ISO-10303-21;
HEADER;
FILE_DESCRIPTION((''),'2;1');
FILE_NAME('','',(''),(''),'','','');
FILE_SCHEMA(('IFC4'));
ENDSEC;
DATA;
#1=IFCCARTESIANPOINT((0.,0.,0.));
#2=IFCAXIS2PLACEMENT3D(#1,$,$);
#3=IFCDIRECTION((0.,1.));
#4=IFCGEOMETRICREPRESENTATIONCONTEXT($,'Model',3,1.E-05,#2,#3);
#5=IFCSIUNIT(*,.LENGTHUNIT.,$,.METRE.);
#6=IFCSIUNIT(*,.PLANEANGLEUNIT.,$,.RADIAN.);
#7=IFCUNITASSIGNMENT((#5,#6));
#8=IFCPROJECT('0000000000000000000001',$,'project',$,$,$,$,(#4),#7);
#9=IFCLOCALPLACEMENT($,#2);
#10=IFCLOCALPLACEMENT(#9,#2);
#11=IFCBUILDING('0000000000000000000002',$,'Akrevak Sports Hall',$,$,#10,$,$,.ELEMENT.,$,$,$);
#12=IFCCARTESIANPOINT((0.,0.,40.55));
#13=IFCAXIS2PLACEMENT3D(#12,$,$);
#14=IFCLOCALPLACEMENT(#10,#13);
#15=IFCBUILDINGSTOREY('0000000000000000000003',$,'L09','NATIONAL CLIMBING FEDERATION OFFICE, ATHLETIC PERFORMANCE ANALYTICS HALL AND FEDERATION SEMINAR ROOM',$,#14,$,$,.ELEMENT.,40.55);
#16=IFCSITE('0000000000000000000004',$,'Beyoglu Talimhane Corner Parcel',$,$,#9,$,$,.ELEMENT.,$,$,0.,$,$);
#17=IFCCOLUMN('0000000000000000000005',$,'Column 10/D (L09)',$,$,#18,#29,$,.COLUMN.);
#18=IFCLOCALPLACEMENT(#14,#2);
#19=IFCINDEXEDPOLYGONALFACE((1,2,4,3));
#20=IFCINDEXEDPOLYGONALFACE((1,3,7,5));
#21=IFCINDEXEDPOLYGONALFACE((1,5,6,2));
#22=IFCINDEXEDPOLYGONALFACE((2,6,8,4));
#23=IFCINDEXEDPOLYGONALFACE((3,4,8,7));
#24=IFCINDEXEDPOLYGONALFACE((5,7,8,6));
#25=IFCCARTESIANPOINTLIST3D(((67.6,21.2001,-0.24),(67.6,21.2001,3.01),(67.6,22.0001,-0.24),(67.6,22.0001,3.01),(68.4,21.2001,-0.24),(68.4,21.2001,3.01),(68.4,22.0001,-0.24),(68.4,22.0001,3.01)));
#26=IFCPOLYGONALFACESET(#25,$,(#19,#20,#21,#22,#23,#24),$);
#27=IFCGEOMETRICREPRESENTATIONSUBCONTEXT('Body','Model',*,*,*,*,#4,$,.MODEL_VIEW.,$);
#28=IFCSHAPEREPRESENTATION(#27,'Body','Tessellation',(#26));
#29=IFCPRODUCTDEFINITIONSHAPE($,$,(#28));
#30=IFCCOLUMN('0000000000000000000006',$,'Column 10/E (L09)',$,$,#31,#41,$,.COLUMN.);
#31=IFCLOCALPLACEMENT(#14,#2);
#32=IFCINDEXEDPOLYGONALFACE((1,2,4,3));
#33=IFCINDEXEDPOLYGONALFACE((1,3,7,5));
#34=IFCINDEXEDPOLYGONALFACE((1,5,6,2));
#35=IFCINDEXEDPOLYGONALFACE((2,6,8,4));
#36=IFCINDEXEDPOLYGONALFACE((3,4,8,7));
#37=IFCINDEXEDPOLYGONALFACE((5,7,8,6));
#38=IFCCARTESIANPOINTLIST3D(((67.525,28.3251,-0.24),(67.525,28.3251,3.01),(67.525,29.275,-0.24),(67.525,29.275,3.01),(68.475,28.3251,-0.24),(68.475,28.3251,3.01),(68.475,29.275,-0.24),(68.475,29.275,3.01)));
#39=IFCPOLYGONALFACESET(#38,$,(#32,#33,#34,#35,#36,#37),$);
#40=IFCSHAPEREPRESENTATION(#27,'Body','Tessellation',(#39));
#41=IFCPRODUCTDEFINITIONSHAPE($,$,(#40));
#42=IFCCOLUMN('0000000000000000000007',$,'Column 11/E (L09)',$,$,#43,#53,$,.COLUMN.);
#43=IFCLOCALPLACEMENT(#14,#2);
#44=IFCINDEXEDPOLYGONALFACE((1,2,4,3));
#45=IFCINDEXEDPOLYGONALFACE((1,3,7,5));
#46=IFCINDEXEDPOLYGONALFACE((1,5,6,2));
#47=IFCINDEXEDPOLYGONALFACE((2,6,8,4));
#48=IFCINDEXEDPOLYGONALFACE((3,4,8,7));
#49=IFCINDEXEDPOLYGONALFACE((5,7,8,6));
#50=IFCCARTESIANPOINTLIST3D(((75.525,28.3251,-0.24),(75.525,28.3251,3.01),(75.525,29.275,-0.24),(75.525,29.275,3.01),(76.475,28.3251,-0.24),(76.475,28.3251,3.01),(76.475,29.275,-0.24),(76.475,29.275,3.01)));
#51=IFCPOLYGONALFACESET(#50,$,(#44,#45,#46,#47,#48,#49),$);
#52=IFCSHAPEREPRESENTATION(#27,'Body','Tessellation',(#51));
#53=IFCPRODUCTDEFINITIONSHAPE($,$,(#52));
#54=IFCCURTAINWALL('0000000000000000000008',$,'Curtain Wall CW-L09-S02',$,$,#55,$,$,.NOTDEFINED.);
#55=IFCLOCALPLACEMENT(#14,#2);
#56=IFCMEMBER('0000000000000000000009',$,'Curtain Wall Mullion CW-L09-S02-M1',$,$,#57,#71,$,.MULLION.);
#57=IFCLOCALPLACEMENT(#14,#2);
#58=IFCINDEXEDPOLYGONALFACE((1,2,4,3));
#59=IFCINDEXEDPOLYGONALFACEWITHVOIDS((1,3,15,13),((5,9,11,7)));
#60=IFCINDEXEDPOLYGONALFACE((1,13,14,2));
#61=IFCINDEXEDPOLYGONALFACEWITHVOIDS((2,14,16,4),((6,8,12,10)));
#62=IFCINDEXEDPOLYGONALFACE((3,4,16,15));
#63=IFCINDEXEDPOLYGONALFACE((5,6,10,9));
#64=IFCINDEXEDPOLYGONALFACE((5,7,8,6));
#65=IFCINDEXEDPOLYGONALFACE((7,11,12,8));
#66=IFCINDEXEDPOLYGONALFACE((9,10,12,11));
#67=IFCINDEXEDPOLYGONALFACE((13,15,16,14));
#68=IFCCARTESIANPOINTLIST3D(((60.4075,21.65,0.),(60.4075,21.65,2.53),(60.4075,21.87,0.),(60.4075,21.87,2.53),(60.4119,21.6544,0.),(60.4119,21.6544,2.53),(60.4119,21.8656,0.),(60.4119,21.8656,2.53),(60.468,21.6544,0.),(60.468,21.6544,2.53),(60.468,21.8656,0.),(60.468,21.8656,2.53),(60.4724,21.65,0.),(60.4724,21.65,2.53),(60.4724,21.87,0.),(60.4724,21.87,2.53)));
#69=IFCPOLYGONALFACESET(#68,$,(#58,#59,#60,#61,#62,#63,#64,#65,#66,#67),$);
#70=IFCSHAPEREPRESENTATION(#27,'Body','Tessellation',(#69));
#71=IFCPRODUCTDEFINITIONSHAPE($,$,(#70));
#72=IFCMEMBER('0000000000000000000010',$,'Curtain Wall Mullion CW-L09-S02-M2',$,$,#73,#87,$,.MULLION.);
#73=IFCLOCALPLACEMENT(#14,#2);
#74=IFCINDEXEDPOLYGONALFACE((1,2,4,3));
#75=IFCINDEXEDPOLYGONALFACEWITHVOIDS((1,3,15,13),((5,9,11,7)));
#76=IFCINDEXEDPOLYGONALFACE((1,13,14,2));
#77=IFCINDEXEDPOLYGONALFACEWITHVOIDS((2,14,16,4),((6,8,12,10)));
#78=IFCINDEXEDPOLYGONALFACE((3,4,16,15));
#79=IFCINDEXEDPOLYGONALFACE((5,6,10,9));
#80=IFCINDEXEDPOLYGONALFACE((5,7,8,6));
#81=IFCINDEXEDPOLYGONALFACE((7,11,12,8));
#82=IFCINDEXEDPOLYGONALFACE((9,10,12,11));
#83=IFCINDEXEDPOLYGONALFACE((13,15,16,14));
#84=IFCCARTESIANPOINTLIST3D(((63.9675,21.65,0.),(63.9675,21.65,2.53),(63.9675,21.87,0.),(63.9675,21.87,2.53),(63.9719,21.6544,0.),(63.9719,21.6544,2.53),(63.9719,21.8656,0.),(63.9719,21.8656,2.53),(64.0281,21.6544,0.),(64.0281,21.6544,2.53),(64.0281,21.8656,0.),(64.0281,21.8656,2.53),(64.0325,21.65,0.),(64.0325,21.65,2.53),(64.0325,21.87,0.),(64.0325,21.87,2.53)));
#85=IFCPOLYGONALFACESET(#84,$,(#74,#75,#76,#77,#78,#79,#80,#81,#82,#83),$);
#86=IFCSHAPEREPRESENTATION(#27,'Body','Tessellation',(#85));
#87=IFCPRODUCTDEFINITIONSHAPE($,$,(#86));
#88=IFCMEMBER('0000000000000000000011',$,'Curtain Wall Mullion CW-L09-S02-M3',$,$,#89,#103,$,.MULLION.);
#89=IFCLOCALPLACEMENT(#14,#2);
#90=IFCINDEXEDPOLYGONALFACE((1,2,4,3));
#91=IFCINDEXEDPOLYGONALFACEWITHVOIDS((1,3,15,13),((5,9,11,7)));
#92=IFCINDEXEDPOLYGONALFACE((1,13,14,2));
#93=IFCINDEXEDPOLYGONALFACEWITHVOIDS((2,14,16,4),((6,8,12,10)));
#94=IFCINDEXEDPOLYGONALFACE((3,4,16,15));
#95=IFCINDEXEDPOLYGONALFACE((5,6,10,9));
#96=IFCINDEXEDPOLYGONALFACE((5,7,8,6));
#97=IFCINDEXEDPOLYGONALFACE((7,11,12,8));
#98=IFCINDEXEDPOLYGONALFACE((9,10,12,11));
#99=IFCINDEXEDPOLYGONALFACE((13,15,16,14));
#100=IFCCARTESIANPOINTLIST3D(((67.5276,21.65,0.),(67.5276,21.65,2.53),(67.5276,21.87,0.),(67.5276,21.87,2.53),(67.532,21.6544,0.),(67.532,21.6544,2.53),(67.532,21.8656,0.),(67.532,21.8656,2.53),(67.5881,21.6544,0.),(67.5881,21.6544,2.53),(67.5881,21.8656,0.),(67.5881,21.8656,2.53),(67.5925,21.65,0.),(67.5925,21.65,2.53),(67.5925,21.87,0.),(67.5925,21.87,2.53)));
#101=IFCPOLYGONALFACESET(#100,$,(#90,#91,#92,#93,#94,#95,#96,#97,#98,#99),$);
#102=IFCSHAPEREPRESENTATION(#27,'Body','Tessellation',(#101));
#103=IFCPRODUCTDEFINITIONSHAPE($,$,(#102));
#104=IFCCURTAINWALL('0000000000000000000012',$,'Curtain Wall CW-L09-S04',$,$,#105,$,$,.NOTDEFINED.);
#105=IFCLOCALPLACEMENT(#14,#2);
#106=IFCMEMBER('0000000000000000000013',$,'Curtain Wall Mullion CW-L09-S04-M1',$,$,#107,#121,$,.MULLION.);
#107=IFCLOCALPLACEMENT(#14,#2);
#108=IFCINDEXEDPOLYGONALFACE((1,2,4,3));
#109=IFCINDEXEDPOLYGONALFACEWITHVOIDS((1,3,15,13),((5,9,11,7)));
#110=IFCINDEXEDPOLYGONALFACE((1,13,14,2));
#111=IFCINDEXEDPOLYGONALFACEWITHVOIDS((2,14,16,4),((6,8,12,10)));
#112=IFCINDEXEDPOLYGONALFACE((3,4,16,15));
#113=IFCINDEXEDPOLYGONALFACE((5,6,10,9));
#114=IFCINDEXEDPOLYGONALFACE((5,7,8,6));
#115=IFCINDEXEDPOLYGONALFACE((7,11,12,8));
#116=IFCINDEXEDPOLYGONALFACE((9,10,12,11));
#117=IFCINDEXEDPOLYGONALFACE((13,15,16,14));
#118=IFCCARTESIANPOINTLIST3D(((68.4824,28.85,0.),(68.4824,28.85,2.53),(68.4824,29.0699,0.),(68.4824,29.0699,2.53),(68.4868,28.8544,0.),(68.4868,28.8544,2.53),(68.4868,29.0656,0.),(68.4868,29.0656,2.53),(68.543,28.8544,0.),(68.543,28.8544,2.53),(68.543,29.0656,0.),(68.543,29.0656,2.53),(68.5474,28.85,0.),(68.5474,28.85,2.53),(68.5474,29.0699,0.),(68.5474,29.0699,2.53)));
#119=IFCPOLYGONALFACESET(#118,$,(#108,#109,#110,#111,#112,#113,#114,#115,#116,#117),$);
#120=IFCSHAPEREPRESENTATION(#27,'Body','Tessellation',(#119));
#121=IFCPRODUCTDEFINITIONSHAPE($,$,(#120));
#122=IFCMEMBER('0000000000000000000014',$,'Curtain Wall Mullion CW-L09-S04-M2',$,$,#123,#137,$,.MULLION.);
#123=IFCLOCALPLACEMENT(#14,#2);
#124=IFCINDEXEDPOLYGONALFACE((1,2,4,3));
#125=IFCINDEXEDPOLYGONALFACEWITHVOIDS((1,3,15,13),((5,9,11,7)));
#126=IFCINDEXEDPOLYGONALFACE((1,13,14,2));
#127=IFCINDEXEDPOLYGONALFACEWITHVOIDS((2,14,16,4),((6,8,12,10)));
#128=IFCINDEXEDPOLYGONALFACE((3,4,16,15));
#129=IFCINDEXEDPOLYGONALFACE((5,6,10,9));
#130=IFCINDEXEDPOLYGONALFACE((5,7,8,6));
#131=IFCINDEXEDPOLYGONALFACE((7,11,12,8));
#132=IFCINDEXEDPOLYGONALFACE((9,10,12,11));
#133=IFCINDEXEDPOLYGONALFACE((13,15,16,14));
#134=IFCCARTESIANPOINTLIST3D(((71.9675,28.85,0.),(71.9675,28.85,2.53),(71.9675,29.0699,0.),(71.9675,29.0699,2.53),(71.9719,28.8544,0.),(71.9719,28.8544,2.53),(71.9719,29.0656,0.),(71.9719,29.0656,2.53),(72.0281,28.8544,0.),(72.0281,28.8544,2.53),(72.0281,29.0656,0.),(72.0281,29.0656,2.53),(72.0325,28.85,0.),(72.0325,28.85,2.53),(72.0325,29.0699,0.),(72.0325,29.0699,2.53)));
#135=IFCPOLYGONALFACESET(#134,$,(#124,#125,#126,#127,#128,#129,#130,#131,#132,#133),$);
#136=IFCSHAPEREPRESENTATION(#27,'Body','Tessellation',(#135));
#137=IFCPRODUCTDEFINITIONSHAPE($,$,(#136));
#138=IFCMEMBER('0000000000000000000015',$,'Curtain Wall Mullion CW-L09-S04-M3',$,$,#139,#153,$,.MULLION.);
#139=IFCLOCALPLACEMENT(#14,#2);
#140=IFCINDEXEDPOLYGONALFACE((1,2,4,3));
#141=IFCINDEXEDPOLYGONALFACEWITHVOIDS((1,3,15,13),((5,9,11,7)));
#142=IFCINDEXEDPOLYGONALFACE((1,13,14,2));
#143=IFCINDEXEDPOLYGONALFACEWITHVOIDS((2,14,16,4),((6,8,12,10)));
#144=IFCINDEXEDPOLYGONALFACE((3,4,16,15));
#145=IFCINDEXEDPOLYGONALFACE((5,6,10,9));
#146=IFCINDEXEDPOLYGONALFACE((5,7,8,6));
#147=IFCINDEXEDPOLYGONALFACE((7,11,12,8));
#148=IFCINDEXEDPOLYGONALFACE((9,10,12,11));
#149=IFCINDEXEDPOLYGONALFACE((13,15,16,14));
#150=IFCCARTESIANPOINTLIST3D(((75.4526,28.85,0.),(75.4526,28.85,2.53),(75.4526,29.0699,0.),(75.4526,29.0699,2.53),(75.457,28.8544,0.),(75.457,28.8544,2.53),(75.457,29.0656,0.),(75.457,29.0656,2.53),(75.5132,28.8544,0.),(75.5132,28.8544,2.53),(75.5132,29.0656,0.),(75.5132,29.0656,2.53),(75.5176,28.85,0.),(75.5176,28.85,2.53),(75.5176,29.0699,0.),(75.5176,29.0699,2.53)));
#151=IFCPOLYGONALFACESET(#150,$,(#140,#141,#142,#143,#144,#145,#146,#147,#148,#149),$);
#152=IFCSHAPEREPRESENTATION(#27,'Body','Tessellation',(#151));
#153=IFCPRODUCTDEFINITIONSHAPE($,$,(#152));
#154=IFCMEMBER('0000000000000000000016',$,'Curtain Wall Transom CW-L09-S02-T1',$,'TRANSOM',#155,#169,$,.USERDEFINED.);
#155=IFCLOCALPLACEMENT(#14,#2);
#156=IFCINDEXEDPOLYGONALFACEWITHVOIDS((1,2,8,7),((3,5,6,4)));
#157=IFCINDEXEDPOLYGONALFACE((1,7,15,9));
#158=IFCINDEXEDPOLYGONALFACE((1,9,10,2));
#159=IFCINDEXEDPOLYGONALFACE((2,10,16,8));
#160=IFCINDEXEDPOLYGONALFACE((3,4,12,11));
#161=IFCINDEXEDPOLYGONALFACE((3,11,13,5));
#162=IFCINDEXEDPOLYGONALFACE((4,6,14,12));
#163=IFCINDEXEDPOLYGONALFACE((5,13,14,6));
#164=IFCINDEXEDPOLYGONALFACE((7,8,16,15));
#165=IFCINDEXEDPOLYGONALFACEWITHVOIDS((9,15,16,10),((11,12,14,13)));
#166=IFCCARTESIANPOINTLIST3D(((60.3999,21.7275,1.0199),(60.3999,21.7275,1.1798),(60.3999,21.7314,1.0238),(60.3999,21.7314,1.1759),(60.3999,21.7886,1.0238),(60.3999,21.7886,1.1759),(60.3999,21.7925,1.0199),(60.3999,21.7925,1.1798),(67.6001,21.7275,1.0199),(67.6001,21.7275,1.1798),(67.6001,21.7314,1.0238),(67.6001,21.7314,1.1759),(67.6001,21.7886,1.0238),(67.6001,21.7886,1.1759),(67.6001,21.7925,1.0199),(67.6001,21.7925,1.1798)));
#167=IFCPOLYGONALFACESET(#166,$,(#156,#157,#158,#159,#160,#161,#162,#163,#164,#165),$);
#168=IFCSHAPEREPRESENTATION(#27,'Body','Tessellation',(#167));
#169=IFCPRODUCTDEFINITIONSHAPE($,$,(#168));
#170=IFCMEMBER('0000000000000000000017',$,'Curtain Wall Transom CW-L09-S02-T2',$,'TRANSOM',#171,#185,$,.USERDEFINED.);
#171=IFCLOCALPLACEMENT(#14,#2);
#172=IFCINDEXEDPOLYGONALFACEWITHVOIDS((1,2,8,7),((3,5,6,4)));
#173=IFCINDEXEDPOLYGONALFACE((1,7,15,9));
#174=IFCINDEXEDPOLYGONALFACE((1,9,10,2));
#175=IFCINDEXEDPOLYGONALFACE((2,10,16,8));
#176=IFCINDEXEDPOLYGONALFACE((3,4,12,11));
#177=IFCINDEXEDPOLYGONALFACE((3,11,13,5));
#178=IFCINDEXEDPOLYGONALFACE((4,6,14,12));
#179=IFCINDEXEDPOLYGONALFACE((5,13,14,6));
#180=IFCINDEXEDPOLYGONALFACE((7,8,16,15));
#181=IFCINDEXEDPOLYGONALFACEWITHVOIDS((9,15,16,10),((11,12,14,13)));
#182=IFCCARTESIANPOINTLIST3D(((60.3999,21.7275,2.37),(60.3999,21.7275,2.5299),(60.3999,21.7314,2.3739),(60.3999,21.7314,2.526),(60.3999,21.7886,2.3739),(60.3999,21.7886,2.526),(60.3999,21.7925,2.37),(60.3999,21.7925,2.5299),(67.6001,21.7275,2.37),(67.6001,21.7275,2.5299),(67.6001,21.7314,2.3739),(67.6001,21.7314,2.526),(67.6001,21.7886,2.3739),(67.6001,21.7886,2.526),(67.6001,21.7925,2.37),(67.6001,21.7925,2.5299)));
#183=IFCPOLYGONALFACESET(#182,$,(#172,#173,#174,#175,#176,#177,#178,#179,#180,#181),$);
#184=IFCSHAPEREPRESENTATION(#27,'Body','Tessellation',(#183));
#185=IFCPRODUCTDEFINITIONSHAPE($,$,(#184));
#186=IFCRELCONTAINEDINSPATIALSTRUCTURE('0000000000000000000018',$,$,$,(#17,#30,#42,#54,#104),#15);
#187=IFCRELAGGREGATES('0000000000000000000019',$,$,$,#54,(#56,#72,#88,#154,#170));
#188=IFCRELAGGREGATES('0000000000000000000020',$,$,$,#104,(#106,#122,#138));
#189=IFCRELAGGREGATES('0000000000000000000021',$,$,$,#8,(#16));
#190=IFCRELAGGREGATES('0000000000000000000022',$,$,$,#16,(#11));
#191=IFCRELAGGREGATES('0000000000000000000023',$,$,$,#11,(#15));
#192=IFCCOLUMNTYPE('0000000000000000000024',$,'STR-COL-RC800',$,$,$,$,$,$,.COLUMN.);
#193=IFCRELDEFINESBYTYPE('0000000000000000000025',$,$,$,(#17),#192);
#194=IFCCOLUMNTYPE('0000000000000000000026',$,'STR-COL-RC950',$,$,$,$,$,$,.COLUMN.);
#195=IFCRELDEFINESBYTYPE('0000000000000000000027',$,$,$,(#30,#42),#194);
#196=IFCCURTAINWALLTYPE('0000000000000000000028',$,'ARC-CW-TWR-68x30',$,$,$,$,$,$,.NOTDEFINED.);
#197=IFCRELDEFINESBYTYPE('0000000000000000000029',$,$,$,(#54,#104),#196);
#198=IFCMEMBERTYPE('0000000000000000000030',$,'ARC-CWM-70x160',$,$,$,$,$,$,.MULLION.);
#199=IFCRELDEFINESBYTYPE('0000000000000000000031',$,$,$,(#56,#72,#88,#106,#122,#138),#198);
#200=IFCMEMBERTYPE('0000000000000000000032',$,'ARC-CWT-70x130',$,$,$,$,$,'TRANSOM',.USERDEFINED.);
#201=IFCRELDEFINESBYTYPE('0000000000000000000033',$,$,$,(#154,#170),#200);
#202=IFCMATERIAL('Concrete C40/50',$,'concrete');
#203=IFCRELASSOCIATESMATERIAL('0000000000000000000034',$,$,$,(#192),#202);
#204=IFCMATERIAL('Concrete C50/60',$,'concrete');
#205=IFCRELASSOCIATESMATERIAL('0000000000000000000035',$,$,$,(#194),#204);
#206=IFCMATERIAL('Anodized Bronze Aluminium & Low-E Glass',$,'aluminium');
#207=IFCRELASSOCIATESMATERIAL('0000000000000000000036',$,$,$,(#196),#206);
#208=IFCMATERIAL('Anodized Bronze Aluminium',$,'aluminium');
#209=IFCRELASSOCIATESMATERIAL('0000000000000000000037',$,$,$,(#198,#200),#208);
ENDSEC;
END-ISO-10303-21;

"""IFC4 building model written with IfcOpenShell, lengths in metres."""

from ifc_helpers import new_model, si_unit, direction, frame, origin, origin_2d, place, context, subcontext, project, spatial, rectangle, hollow_rectangle, extrude, material, material_profile, profile_set, type_object, element, aggregate, save


model = new_model("IFC4")

# Units and contexts
model_context = context("Model", 3, precision=1e-05, world=origin(), true_north=direction((0.0, 1.0)))
body_context = subcontext(model_context, "Body", "Model", "MODEL_VIEW")
ifc_project = project(units=[si_unit("LENGTHUNIT", "METRE"), si_unit("PLANEANGLEUNIT", "RADIAN")], contexts=[model_context])

# Site, building, storey
site_placement = place(None, origin())
site = spatial("IfcSite", under=ifc_project, at=site_placement, Name="Beyoglu Talimhane Corner Parcel", CompositionType="ELEMENT", RefElevation=0.0)
building_placement = place(site_placement, origin())
building = spatial("IfcBuilding", under=site, at=building_placement, Name="Akrevak Sports Hall", CompositionType="ELEMENT")
storey_placement = place(building_placement, frame((0.0, 0.0, 40.55)))
storey = spatial("IfcBuildingStorey", under=building, at=storey_placement, Name="L09", Description="NATIONAL CLIMBING FEDERATION OFFICE, ATHLETIC PERFORMANCE ANALYTICS HALL AND FEDERATION SEMINAR ROOM", CompositionType="ELEMENT", Elevation=40.55)

# Columns
ifc_material_1 = material(Name="Concrete C40/50", Category="concrete")
ifc_material_profile_1 = material_profile(ifc_material_1, rectangle(XDim=0.8, YDim=0.8, at=origin_2d()), Name="RC 800x800", Category="concrete")
ifc_profile_set_1 = profile_set([ifc_material_profile_1], Name="Concrete C40/50")
column_type_1 = type_object("IfcColumnType", Name="STR-COL-RC800", PredefinedType="COLUMN", material=ifc_profile_set_1)
column_placement = place(storey_placement, frame((68.0, 21.6001, -0.24), z_axis=(0.0, 0.0, 1.0), x_axis=(1.0, 0.0, 0.0)))
element("IfcColumn", 1, at=column_placement, inside=storey, type_object=column_type_1, Name="Column 10/D (L09)", PredefinedType="COLUMN", context=body_context, shape_type="SweptSolid", body=[
    extrude(rectangle(XDim=0.8, YDim=0.8, at=origin_2d()), origin(), (0.0, 0.0, 1.0), 3.25),
])
ifc_material_2 = material(Name="Concrete C50/60", Category="concrete")
ifc_material_profile_2 = material_profile(ifc_material_2, rectangle(XDim=0.95, YDim=0.95, at=origin_2d()), Name="RC 950x950", Category="concrete")
ifc_profile_set_2 = profile_set([ifc_material_profile_2], Name="Concrete C50/60")
column_type_2 = type_object("IfcColumnType", Name="STR-COL-RC950", PredefinedType="COLUMN", material=ifc_profile_set_2)
for number, where, z_axis, x_axis, name in (
    (2, (68.0, 28.8, -0.24), (0.0, 0.0, 1.0), (1.0, 0.0, 0.0), "Column 10/E (L09)"),
    (3, (76.0, 28.8, -0.24), (0.0, 0.0, 1.0), (1.0, 0.0, 0.0), "Column 11/E (L09)"),
):
    element("IfcColumn", number, at=place(storey_placement, frame(where, z_axis=z_axis, x_axis=x_axis)), inside=storey, type_object=column_type_2, Name=name, PredefinedType="COLUMN", context=body_context, shape_type="SweptSolid", body=[
        extrude(rectangle(XDim=0.95, YDim=0.95, at=origin_2d()), origin(), (0.0, 0.0, 1.0), 3.25),
    ])

# Curtain walls, members
ifc_material_3 = material(Name="Anodized Bronze Aluminium & Low-E Glass", Category="aluminium")
curtain_wall_type = type_object("IfcCurtainWallType", Name="ARC-CW-TWR-68x30", PredefinedType="NOTDEFINED", material=ifc_material_3)
curtain_wall_1_placement = place(storey_placement, origin())
curtain_wall_1 = element("IfcCurtainWall", 4, at=curtain_wall_1_placement, inside=storey, type_object=curtain_wall_type, Name="Curtain Wall CW-L09-S02", PredefinedType="NOTDEFINED")
ifc_material_4 = material(Name="Anodized Bronze Aluminium", Category="aluminium")
ifc_material_profile_3 = material_profile(ifc_material_4, hollow_rectangle(XDim=0.0649, YDim=0.22, WallThickness=0.0044, at=origin_2d()), Name="CWM 65x220", Category="aluminium")
ifc_profile_set_3 = profile_set([ifc_material_profile_3], Name="Anodized Bronze Aluminium")
member_type_1 = type_object("IfcMemberType", Name="ARC-CWM-70x160", PredefinedType="MULLION", material=ifc_profile_set_3)
member_1_placement = place(storey_placement, frame((60.4399, 21.76, 0.0), z_axis=(0.0, 0.0, 1.0), x_axis=(1.0, 0.0, 0.0)))
member_1 = element("IfcMember", 5, at=member_1_placement, type_object=member_type_1, Name="Curtain Wall Mullion CW-L09-S02-M1", PredefinedType="MULLION", context=body_context, shape_type="SweptSolid", body=[
    extrude(hollow_rectangle(XDim=0.0649, YDim=0.22, WallThickness=0.0044, at=origin_2d()), origin(), (0.0, 0.0, 1.0), 2.53),
])
member_2_placement = place(storey_placement, frame((64.0, 21.76, 0.0), z_axis=(0.0, 0.0, 1.0), x_axis=(1.0, 0.0, 0.0)))
member_2 = element("IfcMember", 6, at=member_2_placement, type_object=member_type_1, Name="Curtain Wall Mullion CW-L09-S02-M2", PredefinedType="MULLION", context=body_context, shape_type="SweptSolid", body=[
    extrude(hollow_rectangle(XDim=0.0649, YDim=0.22, WallThickness=0.0044, at=origin_2d()), origin(), (0.0, 0.0, 1.0), 2.53),
])
member_3_placement = place(storey_placement, frame((67.5601, 21.76, 0.0), z_axis=(0.0, 0.0, 1.0), x_axis=(1.0, 0.0, 0.0)))
member_3 = element("IfcMember", 7, at=member_3_placement, type_object=member_type_1, Name="Curtain Wall Mullion CW-L09-S02-M3", PredefinedType="MULLION", context=body_context, shape_type="SweptSolid", body=[
    extrude(hollow_rectangle(XDim=0.0649, YDim=0.22, WallThickness=0.0044, at=origin_2d()), origin(), (0.0, 0.0, 1.0), 2.53),
])
curtain_wall_2_placement = place(storey_placement, origin())
curtain_wall_2 = element("IfcCurtainWall", 8, at=curtain_wall_2_placement, inside=storey, type_object=curtain_wall_type, Name="Curtain Wall CW-L09-S04", PredefinedType="NOTDEFINED")
member_4_placement = place(storey_placement, frame((68.5149, 28.96, 0.0), z_axis=(0.0, 0.0, 1.0), x_axis=(1.0, 0.0, 0.0)))
member_4 = element("IfcMember", 9, at=member_4_placement, type_object=member_type_1, Name="Curtain Wall Mullion CW-L09-S04-M1", PredefinedType="MULLION", context=body_context, shape_type="SweptSolid", body=[
    extrude(hollow_rectangle(XDim=0.0649, YDim=0.22, WallThickness=0.0044, at=origin_2d()), origin(), (0.0, 0.0, 1.0), 2.53),
])
member_5_placement = place(storey_placement, frame((72.0, 28.96, 0.0), z_axis=(0.0, 0.0, 1.0), x_axis=(1.0, 0.0, 0.0)))
member_5 = element("IfcMember", 10, at=member_5_placement, type_object=member_type_1, Name="Curtain Wall Mullion CW-L09-S04-M2", PredefinedType="MULLION", context=body_context, shape_type="SweptSolid", body=[
    extrude(hollow_rectangle(XDim=0.0649, YDim=0.22, WallThickness=0.0044, at=origin_2d()), origin(), (0.0, 0.0, 1.0), 2.53),
])
member_6_placement = place(storey_placement, frame((75.4851, 28.96, 0.0), z_axis=(0.0, 0.0, 1.0), x_axis=(1.0, 0.0, 0.0)))
member_6 = element("IfcMember", 11, at=member_6_placement, type_object=member_type_1, Name="Curtain Wall Mullion CW-L09-S04-M3", PredefinedType="MULLION", context=body_context, shape_type="SweptSolid", body=[
    extrude(hollow_rectangle(XDim=0.0649, YDim=0.22, WallThickness=0.0044, at=origin_2d()), origin(), (0.0, 0.0, 1.0), 2.53),
])

# Members
ifc_material_profile_4 = material_profile(ifc_material_4, hollow_rectangle(XDim=0.0649, YDim=0.1599, WallThickness=0.0039, at=origin_2d()), Name="CWT 65x160", Category="aluminium")
ifc_profile_set_4 = profile_set([ifc_material_profile_4], Name="Anodized Bronze Aluminium")
member_type_2 = type_object("IfcMemberType", Name="ARC-CWT-70x130", ElementType="TRANSOM", PredefinedType="USERDEFINED", material=ifc_profile_set_4)
member_7_placement = place(storey_placement, frame((60.3999, 21.76, 1.0999), z_axis=(1.0, 0.0, 0.0), x_axis=(0.0, 1.0, 0.0)))
member_7 = element("IfcMember", 12, at=member_7_placement, type_object=member_type_2, Name="Curtain Wall Transom CW-L09-S02-T1", ObjectType="TRANSOM", PredefinedType="USERDEFINED", context=body_context, shape_type="SweptSolid", body=[
    extrude(hollow_rectangle(XDim=0.0649, YDim=0.1599, WallThickness=0.0039, at=origin_2d()), origin(), (0.0, 0.0, 1.0), 7.2002),
])
member_8_placement = place(storey_placement, frame((60.3999, 21.76, 2.45), z_axis=(1.0, 0.0, 0.0), x_axis=(0.0, 1.0, 0.0)))
member_8 = element("IfcMember", 13, at=member_8_placement, type_object=member_type_2, Name="Curtain Wall Transom CW-L09-S02-T2", ObjectType="TRANSOM", PredefinedType="USERDEFINED", context=body_context, shape_type="SweptSolid", body=[
    extrude(hollow_rectangle(XDim=0.0649, YDim=0.1599, WallThickness=0.0039, at=origin_2d()), origin(), (0.0, 0.0, 1.0), 7.2002),
])

aggregate(curtain_wall_1, [member_1, member_2, member_3, member_7, member_8])
aggregate(curtain_wall_2, [member_4, member_5, member_6])

save(model, "model.ifc")
